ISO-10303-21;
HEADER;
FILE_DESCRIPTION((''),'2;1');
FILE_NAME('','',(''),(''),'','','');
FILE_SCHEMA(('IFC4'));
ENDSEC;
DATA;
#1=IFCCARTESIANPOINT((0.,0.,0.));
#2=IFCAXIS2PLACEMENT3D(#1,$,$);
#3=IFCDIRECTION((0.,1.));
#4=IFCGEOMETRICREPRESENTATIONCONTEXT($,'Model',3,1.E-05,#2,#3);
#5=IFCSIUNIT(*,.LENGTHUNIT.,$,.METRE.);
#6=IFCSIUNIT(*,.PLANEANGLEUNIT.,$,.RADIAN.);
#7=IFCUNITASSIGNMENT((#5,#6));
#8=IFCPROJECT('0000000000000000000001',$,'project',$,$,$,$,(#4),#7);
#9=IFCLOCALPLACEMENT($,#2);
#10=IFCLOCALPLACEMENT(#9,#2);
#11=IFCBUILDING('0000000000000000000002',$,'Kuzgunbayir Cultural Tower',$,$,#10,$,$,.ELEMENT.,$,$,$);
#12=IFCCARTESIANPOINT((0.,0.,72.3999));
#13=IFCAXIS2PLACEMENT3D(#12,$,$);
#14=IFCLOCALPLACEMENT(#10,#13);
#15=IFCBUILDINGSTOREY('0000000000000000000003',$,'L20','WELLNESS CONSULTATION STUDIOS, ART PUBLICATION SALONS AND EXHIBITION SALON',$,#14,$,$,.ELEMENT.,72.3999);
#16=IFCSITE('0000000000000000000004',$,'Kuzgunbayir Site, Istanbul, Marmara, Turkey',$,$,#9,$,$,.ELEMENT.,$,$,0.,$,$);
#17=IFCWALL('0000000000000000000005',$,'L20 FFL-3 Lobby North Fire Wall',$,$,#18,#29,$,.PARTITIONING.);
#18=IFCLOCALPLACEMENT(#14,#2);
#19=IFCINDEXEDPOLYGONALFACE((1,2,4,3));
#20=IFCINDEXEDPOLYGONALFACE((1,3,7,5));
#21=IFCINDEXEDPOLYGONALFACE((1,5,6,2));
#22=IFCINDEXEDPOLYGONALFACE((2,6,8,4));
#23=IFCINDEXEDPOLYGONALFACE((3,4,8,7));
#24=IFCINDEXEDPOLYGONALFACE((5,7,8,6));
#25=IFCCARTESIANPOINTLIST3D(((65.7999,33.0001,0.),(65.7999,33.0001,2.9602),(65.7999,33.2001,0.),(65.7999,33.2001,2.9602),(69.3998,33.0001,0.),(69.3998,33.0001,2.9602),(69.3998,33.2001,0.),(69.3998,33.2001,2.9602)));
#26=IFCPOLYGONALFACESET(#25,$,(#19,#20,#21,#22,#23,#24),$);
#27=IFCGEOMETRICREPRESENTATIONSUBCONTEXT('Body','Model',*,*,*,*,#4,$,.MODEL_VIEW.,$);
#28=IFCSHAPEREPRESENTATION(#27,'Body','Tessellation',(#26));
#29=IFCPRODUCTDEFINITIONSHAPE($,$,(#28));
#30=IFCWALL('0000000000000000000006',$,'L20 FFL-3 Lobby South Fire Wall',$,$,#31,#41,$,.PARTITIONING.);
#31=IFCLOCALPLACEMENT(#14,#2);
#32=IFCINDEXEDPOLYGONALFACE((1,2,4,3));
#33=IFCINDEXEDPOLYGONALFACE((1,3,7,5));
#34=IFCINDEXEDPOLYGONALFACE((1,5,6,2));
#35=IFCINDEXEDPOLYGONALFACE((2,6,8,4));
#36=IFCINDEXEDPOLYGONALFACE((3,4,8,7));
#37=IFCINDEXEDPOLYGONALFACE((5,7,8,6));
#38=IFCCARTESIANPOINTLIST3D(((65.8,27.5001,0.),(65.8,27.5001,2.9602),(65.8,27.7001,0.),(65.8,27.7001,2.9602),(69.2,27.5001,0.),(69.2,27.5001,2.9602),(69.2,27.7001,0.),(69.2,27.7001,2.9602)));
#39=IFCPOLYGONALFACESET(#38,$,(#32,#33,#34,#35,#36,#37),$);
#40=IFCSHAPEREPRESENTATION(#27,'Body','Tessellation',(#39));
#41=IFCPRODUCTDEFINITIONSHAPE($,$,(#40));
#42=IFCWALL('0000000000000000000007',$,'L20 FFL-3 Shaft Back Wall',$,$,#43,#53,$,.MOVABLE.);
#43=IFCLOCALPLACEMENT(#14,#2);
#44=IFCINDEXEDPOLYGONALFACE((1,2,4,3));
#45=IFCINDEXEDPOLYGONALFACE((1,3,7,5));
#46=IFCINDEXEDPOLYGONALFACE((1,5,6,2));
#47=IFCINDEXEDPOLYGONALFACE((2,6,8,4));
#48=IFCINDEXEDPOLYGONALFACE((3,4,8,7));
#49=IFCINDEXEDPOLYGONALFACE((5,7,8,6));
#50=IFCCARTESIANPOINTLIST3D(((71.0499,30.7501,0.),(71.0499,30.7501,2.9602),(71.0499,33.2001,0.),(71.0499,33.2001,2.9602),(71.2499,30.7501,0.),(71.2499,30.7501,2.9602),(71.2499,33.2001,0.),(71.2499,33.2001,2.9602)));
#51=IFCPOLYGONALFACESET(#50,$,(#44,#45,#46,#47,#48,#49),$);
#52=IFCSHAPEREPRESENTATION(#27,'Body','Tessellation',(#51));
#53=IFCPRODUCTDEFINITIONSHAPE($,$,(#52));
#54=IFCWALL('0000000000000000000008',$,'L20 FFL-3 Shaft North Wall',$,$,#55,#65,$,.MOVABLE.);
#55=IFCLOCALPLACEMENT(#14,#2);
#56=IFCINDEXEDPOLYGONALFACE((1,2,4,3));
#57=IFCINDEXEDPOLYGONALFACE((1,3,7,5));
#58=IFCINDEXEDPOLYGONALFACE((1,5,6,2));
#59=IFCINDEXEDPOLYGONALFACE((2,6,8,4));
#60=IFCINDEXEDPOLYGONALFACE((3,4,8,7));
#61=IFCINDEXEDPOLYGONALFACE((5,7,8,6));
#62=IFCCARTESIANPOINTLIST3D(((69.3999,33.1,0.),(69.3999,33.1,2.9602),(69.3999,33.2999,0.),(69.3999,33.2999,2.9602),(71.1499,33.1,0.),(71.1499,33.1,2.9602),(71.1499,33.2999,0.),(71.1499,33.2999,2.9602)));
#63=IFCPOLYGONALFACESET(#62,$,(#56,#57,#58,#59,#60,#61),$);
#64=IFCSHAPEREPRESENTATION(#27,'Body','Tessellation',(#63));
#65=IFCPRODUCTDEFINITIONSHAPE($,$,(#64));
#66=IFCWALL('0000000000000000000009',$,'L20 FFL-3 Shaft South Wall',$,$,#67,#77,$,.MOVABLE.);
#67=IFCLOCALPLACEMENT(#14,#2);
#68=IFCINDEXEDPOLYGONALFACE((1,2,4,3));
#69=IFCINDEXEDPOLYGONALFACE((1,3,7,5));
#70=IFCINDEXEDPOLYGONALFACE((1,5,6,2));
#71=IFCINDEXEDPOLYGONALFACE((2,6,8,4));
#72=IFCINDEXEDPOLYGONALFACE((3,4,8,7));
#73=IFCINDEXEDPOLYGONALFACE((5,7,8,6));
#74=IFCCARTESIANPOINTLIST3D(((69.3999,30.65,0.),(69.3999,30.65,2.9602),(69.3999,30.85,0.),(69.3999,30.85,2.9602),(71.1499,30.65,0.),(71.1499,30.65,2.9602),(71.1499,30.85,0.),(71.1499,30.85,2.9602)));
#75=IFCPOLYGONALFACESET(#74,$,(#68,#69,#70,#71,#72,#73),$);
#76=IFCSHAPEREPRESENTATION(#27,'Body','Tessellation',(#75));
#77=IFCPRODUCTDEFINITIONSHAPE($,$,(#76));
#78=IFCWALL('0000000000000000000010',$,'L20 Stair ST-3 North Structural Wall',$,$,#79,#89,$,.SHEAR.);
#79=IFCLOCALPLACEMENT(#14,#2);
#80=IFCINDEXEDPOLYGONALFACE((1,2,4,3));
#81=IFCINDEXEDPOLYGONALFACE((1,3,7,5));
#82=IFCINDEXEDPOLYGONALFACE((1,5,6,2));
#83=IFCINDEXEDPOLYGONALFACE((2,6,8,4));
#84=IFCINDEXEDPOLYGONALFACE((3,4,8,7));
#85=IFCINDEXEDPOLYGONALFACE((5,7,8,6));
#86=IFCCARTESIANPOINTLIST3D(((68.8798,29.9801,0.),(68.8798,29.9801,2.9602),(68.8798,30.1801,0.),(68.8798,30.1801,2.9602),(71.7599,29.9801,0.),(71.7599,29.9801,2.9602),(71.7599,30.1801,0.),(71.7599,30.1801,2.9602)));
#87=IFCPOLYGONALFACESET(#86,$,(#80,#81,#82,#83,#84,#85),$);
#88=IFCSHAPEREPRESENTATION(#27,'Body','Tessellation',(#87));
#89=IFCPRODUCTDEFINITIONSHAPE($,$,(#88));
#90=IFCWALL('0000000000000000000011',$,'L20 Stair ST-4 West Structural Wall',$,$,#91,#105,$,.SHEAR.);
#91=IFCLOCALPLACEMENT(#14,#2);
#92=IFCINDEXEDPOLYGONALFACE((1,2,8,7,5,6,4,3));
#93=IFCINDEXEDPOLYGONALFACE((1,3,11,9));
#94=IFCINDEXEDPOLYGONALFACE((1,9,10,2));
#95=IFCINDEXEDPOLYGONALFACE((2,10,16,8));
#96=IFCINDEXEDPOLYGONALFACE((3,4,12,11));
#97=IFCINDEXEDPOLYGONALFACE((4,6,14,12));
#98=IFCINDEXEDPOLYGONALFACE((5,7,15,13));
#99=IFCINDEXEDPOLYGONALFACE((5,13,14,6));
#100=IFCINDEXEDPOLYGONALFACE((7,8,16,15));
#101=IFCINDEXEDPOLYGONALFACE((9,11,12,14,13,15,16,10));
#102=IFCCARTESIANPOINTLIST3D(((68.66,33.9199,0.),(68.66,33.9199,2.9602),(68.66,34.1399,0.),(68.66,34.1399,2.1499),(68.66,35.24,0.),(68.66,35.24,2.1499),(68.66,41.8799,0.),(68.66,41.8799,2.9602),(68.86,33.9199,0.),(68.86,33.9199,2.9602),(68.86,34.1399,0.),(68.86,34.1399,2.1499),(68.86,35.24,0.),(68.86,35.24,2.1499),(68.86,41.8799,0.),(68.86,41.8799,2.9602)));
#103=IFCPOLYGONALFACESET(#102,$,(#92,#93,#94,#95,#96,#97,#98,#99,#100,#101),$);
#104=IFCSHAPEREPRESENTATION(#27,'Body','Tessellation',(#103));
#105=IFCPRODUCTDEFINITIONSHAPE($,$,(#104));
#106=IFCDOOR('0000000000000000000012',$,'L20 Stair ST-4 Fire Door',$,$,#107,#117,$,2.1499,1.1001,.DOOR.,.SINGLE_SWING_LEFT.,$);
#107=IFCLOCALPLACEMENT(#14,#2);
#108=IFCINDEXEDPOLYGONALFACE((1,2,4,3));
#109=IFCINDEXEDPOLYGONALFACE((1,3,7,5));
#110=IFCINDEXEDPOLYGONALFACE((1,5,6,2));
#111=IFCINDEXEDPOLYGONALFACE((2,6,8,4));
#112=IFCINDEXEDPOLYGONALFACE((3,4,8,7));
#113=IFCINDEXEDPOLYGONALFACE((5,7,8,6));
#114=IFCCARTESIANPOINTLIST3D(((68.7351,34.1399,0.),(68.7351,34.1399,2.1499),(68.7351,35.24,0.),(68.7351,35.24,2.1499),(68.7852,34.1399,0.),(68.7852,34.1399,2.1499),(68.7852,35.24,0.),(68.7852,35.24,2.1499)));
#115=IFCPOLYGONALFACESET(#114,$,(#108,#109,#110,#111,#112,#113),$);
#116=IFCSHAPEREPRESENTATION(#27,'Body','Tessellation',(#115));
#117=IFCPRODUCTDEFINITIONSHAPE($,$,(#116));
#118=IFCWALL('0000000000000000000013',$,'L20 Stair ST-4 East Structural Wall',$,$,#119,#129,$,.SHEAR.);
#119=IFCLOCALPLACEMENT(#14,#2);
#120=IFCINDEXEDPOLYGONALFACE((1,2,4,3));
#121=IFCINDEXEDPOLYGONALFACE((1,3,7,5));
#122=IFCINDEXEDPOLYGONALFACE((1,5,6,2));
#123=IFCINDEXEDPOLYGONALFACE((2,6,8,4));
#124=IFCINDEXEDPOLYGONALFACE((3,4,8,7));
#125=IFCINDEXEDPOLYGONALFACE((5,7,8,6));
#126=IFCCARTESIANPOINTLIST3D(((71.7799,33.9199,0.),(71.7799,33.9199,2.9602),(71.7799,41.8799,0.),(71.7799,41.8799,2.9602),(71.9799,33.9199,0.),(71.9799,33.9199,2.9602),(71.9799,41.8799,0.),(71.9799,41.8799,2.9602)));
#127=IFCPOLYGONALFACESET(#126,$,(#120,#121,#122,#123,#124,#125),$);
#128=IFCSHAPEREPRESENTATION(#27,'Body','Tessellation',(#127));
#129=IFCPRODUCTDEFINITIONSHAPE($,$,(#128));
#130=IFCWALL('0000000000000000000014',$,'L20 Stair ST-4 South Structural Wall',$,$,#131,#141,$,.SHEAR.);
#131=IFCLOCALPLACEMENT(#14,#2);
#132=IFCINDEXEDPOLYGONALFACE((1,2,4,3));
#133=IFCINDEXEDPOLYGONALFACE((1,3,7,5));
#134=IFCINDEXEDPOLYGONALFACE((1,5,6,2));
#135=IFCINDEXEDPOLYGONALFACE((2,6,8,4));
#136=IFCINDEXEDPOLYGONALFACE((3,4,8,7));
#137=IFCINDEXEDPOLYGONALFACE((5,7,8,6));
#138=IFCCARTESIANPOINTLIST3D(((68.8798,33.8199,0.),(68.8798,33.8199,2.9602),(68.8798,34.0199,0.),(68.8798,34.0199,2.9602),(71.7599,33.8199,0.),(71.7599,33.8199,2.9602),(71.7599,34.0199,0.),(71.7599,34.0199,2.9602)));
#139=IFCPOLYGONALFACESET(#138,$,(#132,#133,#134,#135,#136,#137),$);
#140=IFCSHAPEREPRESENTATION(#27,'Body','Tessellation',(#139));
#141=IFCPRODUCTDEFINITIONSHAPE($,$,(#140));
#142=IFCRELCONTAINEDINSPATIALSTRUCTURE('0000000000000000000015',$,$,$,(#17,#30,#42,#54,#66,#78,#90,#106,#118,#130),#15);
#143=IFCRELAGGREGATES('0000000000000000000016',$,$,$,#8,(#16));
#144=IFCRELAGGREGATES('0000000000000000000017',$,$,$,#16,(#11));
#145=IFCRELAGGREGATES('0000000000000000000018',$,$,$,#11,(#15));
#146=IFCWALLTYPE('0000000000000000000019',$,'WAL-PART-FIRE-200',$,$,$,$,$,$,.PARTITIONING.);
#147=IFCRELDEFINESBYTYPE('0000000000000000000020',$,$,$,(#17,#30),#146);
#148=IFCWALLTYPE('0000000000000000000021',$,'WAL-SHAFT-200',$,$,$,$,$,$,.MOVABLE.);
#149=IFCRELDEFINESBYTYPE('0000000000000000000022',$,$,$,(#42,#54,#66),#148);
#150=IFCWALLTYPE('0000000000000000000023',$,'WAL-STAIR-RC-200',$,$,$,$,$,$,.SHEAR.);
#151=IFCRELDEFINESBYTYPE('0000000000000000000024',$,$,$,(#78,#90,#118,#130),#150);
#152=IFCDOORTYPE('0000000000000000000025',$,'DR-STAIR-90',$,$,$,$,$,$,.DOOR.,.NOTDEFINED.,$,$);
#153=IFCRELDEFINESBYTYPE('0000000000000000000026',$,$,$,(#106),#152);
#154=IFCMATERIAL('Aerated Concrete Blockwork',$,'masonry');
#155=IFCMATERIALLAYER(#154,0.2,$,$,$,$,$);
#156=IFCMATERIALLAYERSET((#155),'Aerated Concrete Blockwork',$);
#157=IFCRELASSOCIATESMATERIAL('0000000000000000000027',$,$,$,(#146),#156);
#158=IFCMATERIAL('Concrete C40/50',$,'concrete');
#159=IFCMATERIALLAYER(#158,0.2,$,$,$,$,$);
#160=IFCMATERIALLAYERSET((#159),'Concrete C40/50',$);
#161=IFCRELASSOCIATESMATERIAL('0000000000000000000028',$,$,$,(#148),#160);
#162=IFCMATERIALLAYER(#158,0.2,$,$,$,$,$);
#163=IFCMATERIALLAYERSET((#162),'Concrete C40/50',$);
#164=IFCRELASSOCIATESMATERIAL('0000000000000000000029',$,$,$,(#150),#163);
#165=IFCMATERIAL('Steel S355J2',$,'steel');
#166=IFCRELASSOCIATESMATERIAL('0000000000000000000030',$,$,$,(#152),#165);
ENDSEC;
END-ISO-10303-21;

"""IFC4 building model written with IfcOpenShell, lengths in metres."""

from ifc_helpers import new_model, si_unit, direction, frame, frame_2d, origin, place, context, subcontext, project, spatial, rectangle, extrude, material, layer, layer_set, type_object, element, fill, save


model = new_model("IFC4")

# Units and contexts
model_context = context("Model", 3, precision=1e-05, world=origin(), true_north=direction((0.0, 1.0)))
body_context = subcontext(model_context, "Body", "Model", "MODEL_VIEW")
ifc_project = project(units=[si_unit("LENGTHUNIT", "METRE"), si_unit("PLANEANGLEUNIT", "RADIAN")], contexts=[model_context])

# Site, building, storey
site_placement = place(None, origin())
site = spatial("IfcSite", under=ifc_project, at=site_placement, Name="Kuzgunbayir Site, Istanbul, Marmara, Turkey", CompositionType="ELEMENT", RefElevation=0.0)
building_placement = place(site_placement, origin())
building = spatial("IfcBuilding", under=site, at=building_placement, Name="Kuzgunbayir Cultural Tower", CompositionType="ELEMENT")
storey_placement = place(building_placement, frame((0.0, 0.0, 72.3999)))
storey = spatial("IfcBuildingStorey", under=building, at=storey_placement, Name="L20", Description="WELLNESS CONSULTATION STUDIOS, ART PUBLICATION SALONS AND EXHIBITION SALON", CompositionType="ELEMENT", Elevation=72.3999)

# Shared definitions
ifc_material_1 = material(Name="Steel S355J2", Category="steel")

# Walls
ifc_material_2 = material(Name="Aerated Concrete Blockwork", Category="masonry")
ifc_layer_1 = layer(ifc_material_2, 0.2)
ifc_layer_set_1 = layer_set([ifc_layer_1], Name="Aerated Concrete Blockwork")
wall_type_1 = type_object("IfcWallType", Name="WAL-PART-FIRE-200", PredefinedType="PARTITIONING", material=ifc_layer_set_1)
wall_1_placement = place(storey_placement, frame((65.8, 33.1001, 0.0), z_axis=(0.0, 0.0, 1.0), x_axis=(1.0, 0.0, 0.0)))
element("IfcWall", 1, at=wall_1_placement, inside=storey, type_object=wall_type_1, Name="L20 FFL-3 Lobby North Fire Wall", PredefinedType="PARTITIONING", context=body_context, shape_type="SweptSolid", body=[
    extrude(rectangle(XDim=3.5999, YDim=0.2, at=frame_2d((1.7998, 0.0))), origin(), (0.0, 0.0, 1.0), 2.9602),
])
wall_2_placement = place(storey_placement, frame((65.8, 27.6001, 0.0), z_axis=(0.0, 0.0, 1.0), x_axis=(1.0, 0.0, 0.0)))
element("IfcWall", 2, at=wall_2_placement, inside=storey, type_object=wall_type_1, Name="L20 FFL-3 Lobby South Fire Wall", PredefinedType="PARTITIONING", context=body_context, shape_type="SweptSolid", body=[
    extrude(rectangle(XDim=3.3999, YDim=0.2, at=frame_2d((1.7, 0.0))), origin(), (0.0, 0.0, 1.0), 2.9602),
])

# Shared definitions
ifc_material_3 = material(Name="Concrete C40/50", Category="concrete")
ifc_layer_2 = layer(ifc_material_3, 0.2)
ifc_layer_set_2 = layer_set([ifc_layer_2], Name="Concrete C40/50")
wall_type_2 = type_object("IfcWallType", Name="WAL-SHAFT-200", PredefinedType="MOVABLE", material=ifc_layer_set_2)

# Walls
wall_3_placement = place(storey_placement, frame((71.1499, 30.75, 0.0), z_axis=(0.0, 0.0, 1.0), x_axis=(0.0, 1.0, 0.0)))
element("IfcWall", 3, at=wall_3_placement, inside=storey, type_object=wall_type_2, Name="L20 FFL-3 Shaft Back Wall", PredefinedType="MOVABLE", context=body_context, shape_type="SweptSolid", body=[
    extrude(rectangle(XDim=2.45, YDim=0.2, at=frame_2d((1.2251, 0.0))), origin(), (0.0, 0.0, 1.0), 2.9602),
])
for number, where, z_axis, x_axis, name in (
    (4, (69.3999, 33.2, 0.0), (0.0, 0.0, 1.0), (1.0, 0.0, 0.0), "L20 FFL-3 Shaft North Wall"),
    (5, (69.3999, 30.75, 0.0), (0.0, 0.0, 1.0), (1.0, 0.0, 0.0), "L20 FFL-3 Shaft South Wall"),
):
    element("IfcWall", number, at=place(storey_placement, frame(where, z_axis=z_axis, x_axis=x_axis)), inside=storey, type_object=wall_type_2, Name=name, PredefinedType="MOVABLE", context=body_context, shape_type="SweptSolid", body=[
        extrude(rectangle(XDim=1.75, YDim=0.2, at=frame_2d((0.875, 0.0))), origin(), (0.0, 0.0, 1.0), 2.9602),
    ])
ifc_layer_3 = layer(ifc_material_3, 0.2)
ifc_layer_set_3 = layer_set([ifc_layer_3], Name="Concrete C40/50")
wall_type_3 = type_object("IfcWallType", Name="WAL-STAIR-RC-200", PredefinedType="SHEAR", material=ifc_layer_set_3)
wall_4_placement = place(storey_placement, frame((68.8799, 30.0801, 0.0), z_axis=(0.0, 0.0, 1.0), x_axis=(1.0, 0.0, 0.0)))
element("IfcWall", 6, at=wall_4_placement, inside=storey, type_object=wall_type_3, Name="L20 Stair ST-3 North Structural Wall", PredefinedType="SHEAR", context=body_context, shape_type="SweptSolid", body=[
    extrude(rectangle(XDim=2.8801, YDim=0.2, at=frame_2d((1.4399, 0.0))), origin(), (0.0, 0.0, 1.0), 2.9602),
])

# Wall, opening, door
wall_5_placement = place(storey_placement, frame((68.76, 33.9199, 0.0), z_axis=(0.0, 0.0, 1.0), x_axis=(0.0, 1.0, 0.0)))
wall_5 = element("IfcWall", 7, at=wall_5_placement, inside=storey, type_object=wall_type_3, Name="L20 Stair ST-4 West Structural Wall", PredefinedType="SHEAR", context=body_context, shape_type="SweptSolid", body=[
    extrude(rectangle(XDim=7.96, YDim=0.2, at=frame_2d((3.98, 0.0))), origin(), (0.0, 0.0, 1.0), 2.9602),
])
opening_1_placement = place(wall_5_placement, frame((0.22, 0.0, 0.0)))
opening_1 = element("IfcOpeningElement", 8, at=opening_1_placement, cuts=wall_5, PredefinedType="OPENING", context=body_context, shape_type="SweptSolid", body=[
    extrude(rectangle(XDim=1.1001, YDim=2.1499, at=frame_2d((0.55, 1.075))), frame((0.0, 0.1099, 0.0), z_axis=(0.0, -1.0, 0.0), x_axis=(1.0, 0.0, 0.0)), (0.0, 0.0, 1.0), 0.22),
])
door_type_1 = type_object("IfcDoorType", Name="DR-STAIR-90", OperationType="NOTDEFINED", PredefinedType="DOOR", material=ifc_material_1)
door_1_placement = place(opening_1_placement, origin())
door_1 = element("IfcDoor", 9, at=door_1_placement, inside=storey, type_object=door_type_1, Name="L20 Stair ST-4 Fire Door", OperationType="SINGLE_SWING_LEFT", OverallHeight=2.1499, OverallWidth=1.1001, PredefinedType="DOOR", context=body_context, shape_type="SweptSolid", body=[
    extrude(rectangle(XDim=1.1001, YDim=2.1499, at=frame_2d((0.55, 1.075))), frame((0.0, 0.0249, 0.0), z_axis=(0.0, -1.0, 0.0), x_axis=(1.0, 0.0, 0.0)), (0.0, 0.0, 1.0), 0.05),
])
fill(opening_1, door_1)

# Walls
wall_6_placement = place(storey_placement, frame((71.8799, 33.9199, 0.0), z_axis=(0.0, 0.0, 1.0), x_axis=(0.0, 1.0, 0.0)))
element("IfcWall", 10, at=wall_6_placement, inside=storey, type_object=wall_type_3, Name="L20 Stair ST-4 East Structural Wall", PredefinedType="SHEAR", context=body_context, shape_type="SweptSolid", body=[
    extrude(rectangle(XDim=7.96, YDim=0.2, at=frame_2d((3.98, 0.0))), origin(), (0.0, 0.0, 1.0), 2.9602),
])
wall_7_placement = place(storey_placement, frame((68.8799, 33.9199, 0.0), z_axis=(0.0, 0.0, 1.0), x_axis=(1.0, 0.0, 0.0)))
element("IfcWall", 11, at=wall_7_placement, inside=storey, type_object=wall_type_3, Name="L20 Stair ST-4 South Structural Wall", PredefinedType="SHEAR", context=body_context, shape_type="SweptSolid", body=[
    extrude(rectangle(XDim=2.8801, YDim=0.2, at=frame_2d((1.4399, 0.0))), origin(), (0.0, 0.0, 1.0), 2.9602),
])

save(model, "model.ifc")
